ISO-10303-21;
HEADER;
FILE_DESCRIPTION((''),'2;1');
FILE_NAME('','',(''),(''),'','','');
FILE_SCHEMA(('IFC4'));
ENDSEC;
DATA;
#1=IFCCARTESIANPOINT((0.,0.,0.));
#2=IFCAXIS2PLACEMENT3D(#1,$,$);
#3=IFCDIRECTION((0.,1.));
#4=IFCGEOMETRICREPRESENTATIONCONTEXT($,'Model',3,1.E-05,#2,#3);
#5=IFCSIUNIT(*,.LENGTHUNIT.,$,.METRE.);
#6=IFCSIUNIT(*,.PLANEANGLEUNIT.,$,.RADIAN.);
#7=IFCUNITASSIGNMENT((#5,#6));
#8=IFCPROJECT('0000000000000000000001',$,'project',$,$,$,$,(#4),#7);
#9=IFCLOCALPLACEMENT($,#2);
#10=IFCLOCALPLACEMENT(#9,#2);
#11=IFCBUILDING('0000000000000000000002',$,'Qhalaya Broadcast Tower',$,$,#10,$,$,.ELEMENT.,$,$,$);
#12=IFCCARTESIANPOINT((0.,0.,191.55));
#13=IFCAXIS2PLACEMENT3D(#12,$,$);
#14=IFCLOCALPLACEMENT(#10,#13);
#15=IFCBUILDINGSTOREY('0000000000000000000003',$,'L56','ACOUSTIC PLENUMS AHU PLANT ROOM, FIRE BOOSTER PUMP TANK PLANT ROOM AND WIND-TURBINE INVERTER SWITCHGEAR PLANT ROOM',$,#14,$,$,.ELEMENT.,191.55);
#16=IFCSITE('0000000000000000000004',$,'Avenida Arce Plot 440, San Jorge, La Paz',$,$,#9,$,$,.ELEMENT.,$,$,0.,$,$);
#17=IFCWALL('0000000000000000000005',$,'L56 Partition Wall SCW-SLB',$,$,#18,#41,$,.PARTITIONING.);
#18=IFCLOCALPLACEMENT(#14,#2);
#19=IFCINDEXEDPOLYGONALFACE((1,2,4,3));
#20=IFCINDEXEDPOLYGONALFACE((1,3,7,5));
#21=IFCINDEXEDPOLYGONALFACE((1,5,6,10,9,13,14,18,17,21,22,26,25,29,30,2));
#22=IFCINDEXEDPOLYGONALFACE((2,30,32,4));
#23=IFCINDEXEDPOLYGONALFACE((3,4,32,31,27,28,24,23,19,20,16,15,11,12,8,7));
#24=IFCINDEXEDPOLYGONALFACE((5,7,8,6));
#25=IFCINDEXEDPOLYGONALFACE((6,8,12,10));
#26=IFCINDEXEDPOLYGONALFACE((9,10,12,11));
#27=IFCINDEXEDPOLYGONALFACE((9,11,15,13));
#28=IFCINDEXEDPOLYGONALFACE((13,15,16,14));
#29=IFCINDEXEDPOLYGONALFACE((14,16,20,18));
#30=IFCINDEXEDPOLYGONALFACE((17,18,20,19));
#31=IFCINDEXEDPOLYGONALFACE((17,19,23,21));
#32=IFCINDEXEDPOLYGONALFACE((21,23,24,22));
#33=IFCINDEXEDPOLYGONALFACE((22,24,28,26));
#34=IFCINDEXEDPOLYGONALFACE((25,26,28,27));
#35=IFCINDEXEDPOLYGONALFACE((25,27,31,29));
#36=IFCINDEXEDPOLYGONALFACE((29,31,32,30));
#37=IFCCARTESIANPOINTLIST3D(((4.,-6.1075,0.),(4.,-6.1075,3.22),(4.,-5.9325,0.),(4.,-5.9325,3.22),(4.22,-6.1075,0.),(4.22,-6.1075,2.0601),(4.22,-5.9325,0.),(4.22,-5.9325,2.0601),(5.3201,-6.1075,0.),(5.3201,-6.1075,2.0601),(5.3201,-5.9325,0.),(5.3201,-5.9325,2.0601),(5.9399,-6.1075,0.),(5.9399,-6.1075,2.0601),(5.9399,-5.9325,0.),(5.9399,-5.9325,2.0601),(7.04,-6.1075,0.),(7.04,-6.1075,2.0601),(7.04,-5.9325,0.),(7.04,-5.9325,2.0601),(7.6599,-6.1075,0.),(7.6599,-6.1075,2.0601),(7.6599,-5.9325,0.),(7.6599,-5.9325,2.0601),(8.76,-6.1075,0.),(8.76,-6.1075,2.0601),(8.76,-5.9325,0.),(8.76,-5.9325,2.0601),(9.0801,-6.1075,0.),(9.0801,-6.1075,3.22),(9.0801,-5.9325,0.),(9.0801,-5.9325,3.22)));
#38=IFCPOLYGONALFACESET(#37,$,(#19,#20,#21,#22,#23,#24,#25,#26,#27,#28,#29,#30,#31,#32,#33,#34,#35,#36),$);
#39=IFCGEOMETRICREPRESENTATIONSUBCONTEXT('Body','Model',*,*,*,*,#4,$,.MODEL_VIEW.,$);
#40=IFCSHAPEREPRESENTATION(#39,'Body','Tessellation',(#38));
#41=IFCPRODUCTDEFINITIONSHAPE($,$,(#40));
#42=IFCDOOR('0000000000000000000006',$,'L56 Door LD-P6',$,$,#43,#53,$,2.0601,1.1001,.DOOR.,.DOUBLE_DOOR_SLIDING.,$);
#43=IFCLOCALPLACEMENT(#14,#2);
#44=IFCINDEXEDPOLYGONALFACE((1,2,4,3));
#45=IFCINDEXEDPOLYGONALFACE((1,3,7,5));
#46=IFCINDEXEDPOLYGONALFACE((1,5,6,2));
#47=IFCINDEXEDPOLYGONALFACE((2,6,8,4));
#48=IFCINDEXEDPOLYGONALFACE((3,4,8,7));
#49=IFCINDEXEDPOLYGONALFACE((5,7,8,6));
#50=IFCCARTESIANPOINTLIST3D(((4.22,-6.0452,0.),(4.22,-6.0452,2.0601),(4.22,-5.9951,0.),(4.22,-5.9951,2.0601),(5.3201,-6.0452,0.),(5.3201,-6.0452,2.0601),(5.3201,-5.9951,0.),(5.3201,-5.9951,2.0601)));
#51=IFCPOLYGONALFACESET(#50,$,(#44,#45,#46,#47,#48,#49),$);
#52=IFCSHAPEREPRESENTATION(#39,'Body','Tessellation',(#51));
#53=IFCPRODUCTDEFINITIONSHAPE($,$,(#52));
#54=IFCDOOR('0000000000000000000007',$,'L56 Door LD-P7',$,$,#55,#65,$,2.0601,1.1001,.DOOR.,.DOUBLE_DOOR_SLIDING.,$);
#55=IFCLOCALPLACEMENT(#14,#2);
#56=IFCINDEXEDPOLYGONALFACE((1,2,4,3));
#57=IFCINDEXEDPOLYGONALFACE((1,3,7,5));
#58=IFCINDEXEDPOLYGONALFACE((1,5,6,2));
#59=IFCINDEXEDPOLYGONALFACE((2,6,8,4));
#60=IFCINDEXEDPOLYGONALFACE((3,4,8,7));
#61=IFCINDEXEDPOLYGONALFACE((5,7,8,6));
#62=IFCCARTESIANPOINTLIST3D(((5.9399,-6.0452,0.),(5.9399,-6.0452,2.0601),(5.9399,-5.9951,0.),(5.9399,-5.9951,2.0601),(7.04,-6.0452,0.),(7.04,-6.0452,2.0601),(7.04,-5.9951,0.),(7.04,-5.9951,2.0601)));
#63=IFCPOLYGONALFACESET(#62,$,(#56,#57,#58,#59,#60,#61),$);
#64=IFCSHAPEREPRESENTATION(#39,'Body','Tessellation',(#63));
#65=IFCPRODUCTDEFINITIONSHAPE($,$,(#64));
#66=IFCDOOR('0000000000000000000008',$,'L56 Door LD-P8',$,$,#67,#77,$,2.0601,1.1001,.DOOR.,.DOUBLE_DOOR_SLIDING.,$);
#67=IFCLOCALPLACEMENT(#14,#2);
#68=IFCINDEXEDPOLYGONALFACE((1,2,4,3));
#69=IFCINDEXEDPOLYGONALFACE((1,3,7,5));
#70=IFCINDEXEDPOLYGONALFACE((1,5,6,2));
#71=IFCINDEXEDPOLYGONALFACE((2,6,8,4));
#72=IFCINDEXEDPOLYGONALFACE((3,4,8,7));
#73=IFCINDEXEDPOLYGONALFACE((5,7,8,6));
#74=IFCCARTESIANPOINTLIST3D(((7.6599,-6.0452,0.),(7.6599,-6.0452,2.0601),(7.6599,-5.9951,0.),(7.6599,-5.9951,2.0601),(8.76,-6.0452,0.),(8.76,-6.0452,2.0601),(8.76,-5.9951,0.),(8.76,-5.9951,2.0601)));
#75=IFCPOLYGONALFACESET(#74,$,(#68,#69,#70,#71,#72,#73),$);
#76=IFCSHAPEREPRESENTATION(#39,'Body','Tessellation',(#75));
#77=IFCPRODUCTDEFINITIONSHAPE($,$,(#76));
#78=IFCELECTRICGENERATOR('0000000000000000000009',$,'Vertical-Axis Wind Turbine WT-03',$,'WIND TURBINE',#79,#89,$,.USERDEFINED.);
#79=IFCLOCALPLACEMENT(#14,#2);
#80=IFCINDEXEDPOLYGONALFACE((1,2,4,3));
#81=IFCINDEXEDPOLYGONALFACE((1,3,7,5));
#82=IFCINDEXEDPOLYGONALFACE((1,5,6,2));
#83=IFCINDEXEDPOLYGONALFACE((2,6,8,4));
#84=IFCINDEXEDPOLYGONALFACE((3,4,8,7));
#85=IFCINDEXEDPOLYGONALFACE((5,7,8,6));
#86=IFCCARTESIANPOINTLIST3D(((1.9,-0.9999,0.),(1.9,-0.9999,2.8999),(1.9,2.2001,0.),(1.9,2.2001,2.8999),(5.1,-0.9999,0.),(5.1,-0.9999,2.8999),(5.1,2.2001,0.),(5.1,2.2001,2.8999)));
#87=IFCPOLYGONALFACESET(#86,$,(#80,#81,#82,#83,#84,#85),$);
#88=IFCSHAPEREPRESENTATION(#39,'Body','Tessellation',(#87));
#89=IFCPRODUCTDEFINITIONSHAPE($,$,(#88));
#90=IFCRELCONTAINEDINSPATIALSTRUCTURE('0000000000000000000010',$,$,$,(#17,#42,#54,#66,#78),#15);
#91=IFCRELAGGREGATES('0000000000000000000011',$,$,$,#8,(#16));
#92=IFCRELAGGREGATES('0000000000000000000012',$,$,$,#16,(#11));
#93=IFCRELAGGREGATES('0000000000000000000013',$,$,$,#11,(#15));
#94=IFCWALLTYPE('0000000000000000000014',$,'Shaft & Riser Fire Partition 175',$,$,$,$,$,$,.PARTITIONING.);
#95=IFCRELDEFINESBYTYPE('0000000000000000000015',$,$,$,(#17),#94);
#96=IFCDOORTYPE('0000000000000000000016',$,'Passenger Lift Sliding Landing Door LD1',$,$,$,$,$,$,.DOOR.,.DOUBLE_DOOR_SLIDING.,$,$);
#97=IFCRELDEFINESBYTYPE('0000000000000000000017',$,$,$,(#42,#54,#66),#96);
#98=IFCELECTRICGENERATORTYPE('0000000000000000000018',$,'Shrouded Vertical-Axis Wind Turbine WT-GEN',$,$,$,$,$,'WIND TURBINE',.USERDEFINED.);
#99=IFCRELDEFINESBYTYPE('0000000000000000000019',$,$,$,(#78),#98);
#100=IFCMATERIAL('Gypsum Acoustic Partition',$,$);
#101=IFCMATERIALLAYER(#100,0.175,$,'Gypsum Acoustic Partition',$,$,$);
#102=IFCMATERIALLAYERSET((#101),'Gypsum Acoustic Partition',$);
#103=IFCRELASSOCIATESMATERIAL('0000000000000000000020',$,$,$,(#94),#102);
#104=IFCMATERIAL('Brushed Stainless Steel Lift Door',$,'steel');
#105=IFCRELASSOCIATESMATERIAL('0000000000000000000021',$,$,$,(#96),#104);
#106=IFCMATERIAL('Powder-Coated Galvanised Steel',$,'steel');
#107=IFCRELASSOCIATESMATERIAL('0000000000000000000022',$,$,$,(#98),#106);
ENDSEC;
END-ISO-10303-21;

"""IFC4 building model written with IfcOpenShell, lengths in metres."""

from ifc_helpers import new_model, si_unit, direction, frame, frame_2d, origin, origin_2d, place, context, subcontext, project, spatial, rectangle, extrude, material, layer, layer_set, type_object, element, fill, save


model = new_model("IFC4")

# Units and contexts
model_context = context("Model", 3, precision=1e-05, world=origin(), true_north=direction((0.0, 1.0)))
body_context = subcontext(model_context, "Body", "Model", "MODEL_VIEW")
ifc_project = project(units=[si_unit("LENGTHUNIT", "METRE"), si_unit("PLANEANGLEUNIT", "RADIAN")], contexts=[model_context])

# Site, building, storey
site_placement = place(None, origin())
site = spatial("IfcSite", under=ifc_project, at=site_placement, Name="Avenida Arce Plot 440, San Jorge, La Paz", CompositionType="ELEMENT", RefElevation=0.0)
building_placement = place(site_placement, origin())
building = spatial("IfcBuilding", under=site, at=building_placement, Name="Qhalaya Broadcast Tower", CompositionType="ELEMENT")
storey_placement = place(building_placement, frame((0.0, 0.0, 191.55)))
storey = spatial("IfcBuildingStorey", under=building, at=storey_placement, Name="L56", Description="ACOUSTIC PLENUMS AHU PLANT ROOM, FIRE BOOSTER PUMP TANK PLANT ROOM AND WIND-TURBINE INVERTER SWITCHGEAR PLANT ROOM", CompositionType="ELEMENT", Elevation=191.55)

# Shared definitions
ifc_material_1 = material(Name="Gypsum Acoustic Partition")

# Wall, openings, doors
ifc_layer_1 = layer(ifc_material_1, 0.175, Name="Gypsum Acoustic Partition")
ifc_layer_set_1 = layer_set([ifc_layer_1], Name="Gypsum Acoustic Partition")
wall_type_1 = type_object("IfcWallType", Name="Shaft & Riser Fire Partition 175", PredefinedType="PARTITIONING", material=ifc_layer_set_1)
wall_1_placement = place(storey_placement, frame((4.0, -6.02, 0.0), z_axis=(0.0, 0.0, 1.0), x_axis=(1.0, 0.0, 0.0)))
wall_1 = element("IfcWall", 1, at=wall_1_placement, inside=storey, type_object=wall_type_1, Name="L56 Partition Wall SCW-SLB", PredefinedType="PARTITIONING", context=body_context, shape_type="SweptSolid", body=[
    extrude(rectangle(XDim=5.0801, YDim=0.175, at=frame_2d((2.54, 0.0))), origin(), (0.0, 0.0, 1.0), 3.22),
])
opening_1_placement = place(wall_1_placement, frame((0.22, 0.0, 0.0)))
opening_1 = element("IfcOpeningElement", 2, at=opening_1_placement, cuts=wall_1, PredefinedType="OPENING", context=body_context, shape_type="SweptSolid", body=[
    extrude(rectangle(XDim=1.1001, YDim=2.0601, at=frame_2d((0.55, 1.03))), frame((0.0, 0.0996, 0.0), z_axis=(0.0, -1.0, 0.0), x_axis=(1.0, 0.0, 0.0)), (0.0, 0.0, 1.0), 0.199),
])
opening_2_placement = place(wall_1_placement, frame((1.9399, 0.0, 0.0)))
opening_2 = element("IfcOpeningElement", 3, at=opening_2_placement, cuts=wall_1, PredefinedType="OPENING", context=body_context, shape_type="SweptSolid", body=[
    extrude(rectangle(XDim=1.1001, YDim=2.0601, at=frame_2d((0.55, 1.03))), frame((0.0, 0.0996, 0.0), z_axis=(0.0, -1.0, 0.0), x_axis=(1.0, 0.0, 0.0)), (0.0, 0.0, 1.0), 0.199),
])
opening_3_placement = place(wall_1_placement, frame((3.6599, 0.0, 0.0)))
opening_3 = element("IfcOpeningElement", 4, at=opening_3_placement, cuts=wall_1, PredefinedType="OPENING", context=body_context, shape_type="SweptSolid", body=[
    extrude(rectangle(XDim=1.1001, YDim=2.0601, at=frame_2d((0.55, 1.03))), frame((0.0, 0.0996, 0.0), z_axis=(0.0, -1.0, 0.0), x_axis=(1.0, 0.0, 0.0)), (0.0, 0.0, 1.0), 0.199),
])
ifc_material_2 = material(Name="Brushed Stainless Steel Lift Door", Category="steel")
door_type_1 = type_object("IfcDoorType", Name="Passenger Lift Sliding Landing Door LD1", OperationType="DOUBLE_DOOR_SLIDING", PredefinedType="DOOR", material=ifc_material_2)
door_1_placement = place(opening_1_placement, origin())
door_1 = element("IfcDoor", 5, at=door_1_placement, inside=storey, type_object=door_type_1, Name="L56 Door LD-P6", OperationType="DOUBLE_DOOR_SLIDING", OverallHeight=2.0601, OverallWidth=1.1001, PredefinedType="DOOR", context=body_context, shape_type="SweptSolid", body=[
    extrude(rectangle(XDim=1.1001, YDim=2.0601, at=frame_2d((0.55, 1.03))), frame((0.0, 0.0249, 0.0), z_axis=(0.0, -1.0, 0.0), x_axis=(1.0, 0.0, 0.0)), (0.0, 0.0, 1.0), 0.05),
])
fill(opening_1, door_1)
door_2_placement = place(opening_2_placement, origin())
door_2 = element("IfcDoor", 6, at=door_2_placement, inside=storey, type_object=door_type_1, Name="L56 Door LD-P7", OperationType="DOUBLE_DOOR_SLIDING", OverallHeight=2.0601, OverallWidth=1.1001, PredefinedType="DOOR", context=body_context, shape_type="SweptSolid", body=[
    extrude(rectangle(XDim=1.1001, YDim=2.0601, at=frame_2d((0.55, 1.03))), frame((0.0, 0.0249, 0.0), z_axis=(0.0, -1.0, 0.0), x_axis=(1.0, 0.0, 0.0)), (0.0, 0.0, 1.0), 0.05),
])
fill(opening_2, door_2)
door_3_placement = place(opening_3_placement, origin())
door_3 = element("IfcDoor", 7, at=door_3_placement, inside=storey, type_object=door_type_1, Name="L56 Door LD-P8", OperationType="DOUBLE_DOOR_SLIDING", OverallHeight=2.0601, OverallWidth=1.1001, PredefinedType="DOOR", context=body_context, shape_type="SweptSolid", body=[
    extrude(rectangle(XDim=1.1001, YDim=2.0601, at=frame_2d((0.55, 1.03))), frame((0.0, 0.0249, 0.0), z_axis=(0.0, -1.0, 0.0), x_axis=(1.0, 0.0, 0.0)), (0.0, 0.0, 1.0), 0.05),
])
fill(opening_3, door_3)

# Electric generator
ifc_material_3 = material(Name="Powder-Coated Galvanised Steel", Category="steel")
electric_generator_type = type_object("IfcElectricGeneratorType", Name="Shrouded Vertical-Axis Wind Turbine WT-GEN", ElementType="WIND TURBINE", PredefinedType="USERDEFINED", material=ifc_material_3)
electric_generator_placement = place(storey_placement, frame((3.5, 0.6001, 0.0), z_axis=(0.0, 0.0, 1.0), x_axis=(1.0, 0.0, 0.0)))
element("IfcElectricGenerator", 8, at=electric_generator_placement, inside=storey, type_object=electric_generator_type, Name="Vertical-Axis Wind Turbine WT-03", ObjectType="WIND TURBINE", PredefinedType="USERDEFINED", context=body_context, shape_type="SweptSolid", body=[
    extrude(rectangle(XDim=3.2, YDim=3.2, at=origin_2d()), origin(), (0.0, 0.0, 1.0), 2.8999),
])

save(model, "model.ifc")
